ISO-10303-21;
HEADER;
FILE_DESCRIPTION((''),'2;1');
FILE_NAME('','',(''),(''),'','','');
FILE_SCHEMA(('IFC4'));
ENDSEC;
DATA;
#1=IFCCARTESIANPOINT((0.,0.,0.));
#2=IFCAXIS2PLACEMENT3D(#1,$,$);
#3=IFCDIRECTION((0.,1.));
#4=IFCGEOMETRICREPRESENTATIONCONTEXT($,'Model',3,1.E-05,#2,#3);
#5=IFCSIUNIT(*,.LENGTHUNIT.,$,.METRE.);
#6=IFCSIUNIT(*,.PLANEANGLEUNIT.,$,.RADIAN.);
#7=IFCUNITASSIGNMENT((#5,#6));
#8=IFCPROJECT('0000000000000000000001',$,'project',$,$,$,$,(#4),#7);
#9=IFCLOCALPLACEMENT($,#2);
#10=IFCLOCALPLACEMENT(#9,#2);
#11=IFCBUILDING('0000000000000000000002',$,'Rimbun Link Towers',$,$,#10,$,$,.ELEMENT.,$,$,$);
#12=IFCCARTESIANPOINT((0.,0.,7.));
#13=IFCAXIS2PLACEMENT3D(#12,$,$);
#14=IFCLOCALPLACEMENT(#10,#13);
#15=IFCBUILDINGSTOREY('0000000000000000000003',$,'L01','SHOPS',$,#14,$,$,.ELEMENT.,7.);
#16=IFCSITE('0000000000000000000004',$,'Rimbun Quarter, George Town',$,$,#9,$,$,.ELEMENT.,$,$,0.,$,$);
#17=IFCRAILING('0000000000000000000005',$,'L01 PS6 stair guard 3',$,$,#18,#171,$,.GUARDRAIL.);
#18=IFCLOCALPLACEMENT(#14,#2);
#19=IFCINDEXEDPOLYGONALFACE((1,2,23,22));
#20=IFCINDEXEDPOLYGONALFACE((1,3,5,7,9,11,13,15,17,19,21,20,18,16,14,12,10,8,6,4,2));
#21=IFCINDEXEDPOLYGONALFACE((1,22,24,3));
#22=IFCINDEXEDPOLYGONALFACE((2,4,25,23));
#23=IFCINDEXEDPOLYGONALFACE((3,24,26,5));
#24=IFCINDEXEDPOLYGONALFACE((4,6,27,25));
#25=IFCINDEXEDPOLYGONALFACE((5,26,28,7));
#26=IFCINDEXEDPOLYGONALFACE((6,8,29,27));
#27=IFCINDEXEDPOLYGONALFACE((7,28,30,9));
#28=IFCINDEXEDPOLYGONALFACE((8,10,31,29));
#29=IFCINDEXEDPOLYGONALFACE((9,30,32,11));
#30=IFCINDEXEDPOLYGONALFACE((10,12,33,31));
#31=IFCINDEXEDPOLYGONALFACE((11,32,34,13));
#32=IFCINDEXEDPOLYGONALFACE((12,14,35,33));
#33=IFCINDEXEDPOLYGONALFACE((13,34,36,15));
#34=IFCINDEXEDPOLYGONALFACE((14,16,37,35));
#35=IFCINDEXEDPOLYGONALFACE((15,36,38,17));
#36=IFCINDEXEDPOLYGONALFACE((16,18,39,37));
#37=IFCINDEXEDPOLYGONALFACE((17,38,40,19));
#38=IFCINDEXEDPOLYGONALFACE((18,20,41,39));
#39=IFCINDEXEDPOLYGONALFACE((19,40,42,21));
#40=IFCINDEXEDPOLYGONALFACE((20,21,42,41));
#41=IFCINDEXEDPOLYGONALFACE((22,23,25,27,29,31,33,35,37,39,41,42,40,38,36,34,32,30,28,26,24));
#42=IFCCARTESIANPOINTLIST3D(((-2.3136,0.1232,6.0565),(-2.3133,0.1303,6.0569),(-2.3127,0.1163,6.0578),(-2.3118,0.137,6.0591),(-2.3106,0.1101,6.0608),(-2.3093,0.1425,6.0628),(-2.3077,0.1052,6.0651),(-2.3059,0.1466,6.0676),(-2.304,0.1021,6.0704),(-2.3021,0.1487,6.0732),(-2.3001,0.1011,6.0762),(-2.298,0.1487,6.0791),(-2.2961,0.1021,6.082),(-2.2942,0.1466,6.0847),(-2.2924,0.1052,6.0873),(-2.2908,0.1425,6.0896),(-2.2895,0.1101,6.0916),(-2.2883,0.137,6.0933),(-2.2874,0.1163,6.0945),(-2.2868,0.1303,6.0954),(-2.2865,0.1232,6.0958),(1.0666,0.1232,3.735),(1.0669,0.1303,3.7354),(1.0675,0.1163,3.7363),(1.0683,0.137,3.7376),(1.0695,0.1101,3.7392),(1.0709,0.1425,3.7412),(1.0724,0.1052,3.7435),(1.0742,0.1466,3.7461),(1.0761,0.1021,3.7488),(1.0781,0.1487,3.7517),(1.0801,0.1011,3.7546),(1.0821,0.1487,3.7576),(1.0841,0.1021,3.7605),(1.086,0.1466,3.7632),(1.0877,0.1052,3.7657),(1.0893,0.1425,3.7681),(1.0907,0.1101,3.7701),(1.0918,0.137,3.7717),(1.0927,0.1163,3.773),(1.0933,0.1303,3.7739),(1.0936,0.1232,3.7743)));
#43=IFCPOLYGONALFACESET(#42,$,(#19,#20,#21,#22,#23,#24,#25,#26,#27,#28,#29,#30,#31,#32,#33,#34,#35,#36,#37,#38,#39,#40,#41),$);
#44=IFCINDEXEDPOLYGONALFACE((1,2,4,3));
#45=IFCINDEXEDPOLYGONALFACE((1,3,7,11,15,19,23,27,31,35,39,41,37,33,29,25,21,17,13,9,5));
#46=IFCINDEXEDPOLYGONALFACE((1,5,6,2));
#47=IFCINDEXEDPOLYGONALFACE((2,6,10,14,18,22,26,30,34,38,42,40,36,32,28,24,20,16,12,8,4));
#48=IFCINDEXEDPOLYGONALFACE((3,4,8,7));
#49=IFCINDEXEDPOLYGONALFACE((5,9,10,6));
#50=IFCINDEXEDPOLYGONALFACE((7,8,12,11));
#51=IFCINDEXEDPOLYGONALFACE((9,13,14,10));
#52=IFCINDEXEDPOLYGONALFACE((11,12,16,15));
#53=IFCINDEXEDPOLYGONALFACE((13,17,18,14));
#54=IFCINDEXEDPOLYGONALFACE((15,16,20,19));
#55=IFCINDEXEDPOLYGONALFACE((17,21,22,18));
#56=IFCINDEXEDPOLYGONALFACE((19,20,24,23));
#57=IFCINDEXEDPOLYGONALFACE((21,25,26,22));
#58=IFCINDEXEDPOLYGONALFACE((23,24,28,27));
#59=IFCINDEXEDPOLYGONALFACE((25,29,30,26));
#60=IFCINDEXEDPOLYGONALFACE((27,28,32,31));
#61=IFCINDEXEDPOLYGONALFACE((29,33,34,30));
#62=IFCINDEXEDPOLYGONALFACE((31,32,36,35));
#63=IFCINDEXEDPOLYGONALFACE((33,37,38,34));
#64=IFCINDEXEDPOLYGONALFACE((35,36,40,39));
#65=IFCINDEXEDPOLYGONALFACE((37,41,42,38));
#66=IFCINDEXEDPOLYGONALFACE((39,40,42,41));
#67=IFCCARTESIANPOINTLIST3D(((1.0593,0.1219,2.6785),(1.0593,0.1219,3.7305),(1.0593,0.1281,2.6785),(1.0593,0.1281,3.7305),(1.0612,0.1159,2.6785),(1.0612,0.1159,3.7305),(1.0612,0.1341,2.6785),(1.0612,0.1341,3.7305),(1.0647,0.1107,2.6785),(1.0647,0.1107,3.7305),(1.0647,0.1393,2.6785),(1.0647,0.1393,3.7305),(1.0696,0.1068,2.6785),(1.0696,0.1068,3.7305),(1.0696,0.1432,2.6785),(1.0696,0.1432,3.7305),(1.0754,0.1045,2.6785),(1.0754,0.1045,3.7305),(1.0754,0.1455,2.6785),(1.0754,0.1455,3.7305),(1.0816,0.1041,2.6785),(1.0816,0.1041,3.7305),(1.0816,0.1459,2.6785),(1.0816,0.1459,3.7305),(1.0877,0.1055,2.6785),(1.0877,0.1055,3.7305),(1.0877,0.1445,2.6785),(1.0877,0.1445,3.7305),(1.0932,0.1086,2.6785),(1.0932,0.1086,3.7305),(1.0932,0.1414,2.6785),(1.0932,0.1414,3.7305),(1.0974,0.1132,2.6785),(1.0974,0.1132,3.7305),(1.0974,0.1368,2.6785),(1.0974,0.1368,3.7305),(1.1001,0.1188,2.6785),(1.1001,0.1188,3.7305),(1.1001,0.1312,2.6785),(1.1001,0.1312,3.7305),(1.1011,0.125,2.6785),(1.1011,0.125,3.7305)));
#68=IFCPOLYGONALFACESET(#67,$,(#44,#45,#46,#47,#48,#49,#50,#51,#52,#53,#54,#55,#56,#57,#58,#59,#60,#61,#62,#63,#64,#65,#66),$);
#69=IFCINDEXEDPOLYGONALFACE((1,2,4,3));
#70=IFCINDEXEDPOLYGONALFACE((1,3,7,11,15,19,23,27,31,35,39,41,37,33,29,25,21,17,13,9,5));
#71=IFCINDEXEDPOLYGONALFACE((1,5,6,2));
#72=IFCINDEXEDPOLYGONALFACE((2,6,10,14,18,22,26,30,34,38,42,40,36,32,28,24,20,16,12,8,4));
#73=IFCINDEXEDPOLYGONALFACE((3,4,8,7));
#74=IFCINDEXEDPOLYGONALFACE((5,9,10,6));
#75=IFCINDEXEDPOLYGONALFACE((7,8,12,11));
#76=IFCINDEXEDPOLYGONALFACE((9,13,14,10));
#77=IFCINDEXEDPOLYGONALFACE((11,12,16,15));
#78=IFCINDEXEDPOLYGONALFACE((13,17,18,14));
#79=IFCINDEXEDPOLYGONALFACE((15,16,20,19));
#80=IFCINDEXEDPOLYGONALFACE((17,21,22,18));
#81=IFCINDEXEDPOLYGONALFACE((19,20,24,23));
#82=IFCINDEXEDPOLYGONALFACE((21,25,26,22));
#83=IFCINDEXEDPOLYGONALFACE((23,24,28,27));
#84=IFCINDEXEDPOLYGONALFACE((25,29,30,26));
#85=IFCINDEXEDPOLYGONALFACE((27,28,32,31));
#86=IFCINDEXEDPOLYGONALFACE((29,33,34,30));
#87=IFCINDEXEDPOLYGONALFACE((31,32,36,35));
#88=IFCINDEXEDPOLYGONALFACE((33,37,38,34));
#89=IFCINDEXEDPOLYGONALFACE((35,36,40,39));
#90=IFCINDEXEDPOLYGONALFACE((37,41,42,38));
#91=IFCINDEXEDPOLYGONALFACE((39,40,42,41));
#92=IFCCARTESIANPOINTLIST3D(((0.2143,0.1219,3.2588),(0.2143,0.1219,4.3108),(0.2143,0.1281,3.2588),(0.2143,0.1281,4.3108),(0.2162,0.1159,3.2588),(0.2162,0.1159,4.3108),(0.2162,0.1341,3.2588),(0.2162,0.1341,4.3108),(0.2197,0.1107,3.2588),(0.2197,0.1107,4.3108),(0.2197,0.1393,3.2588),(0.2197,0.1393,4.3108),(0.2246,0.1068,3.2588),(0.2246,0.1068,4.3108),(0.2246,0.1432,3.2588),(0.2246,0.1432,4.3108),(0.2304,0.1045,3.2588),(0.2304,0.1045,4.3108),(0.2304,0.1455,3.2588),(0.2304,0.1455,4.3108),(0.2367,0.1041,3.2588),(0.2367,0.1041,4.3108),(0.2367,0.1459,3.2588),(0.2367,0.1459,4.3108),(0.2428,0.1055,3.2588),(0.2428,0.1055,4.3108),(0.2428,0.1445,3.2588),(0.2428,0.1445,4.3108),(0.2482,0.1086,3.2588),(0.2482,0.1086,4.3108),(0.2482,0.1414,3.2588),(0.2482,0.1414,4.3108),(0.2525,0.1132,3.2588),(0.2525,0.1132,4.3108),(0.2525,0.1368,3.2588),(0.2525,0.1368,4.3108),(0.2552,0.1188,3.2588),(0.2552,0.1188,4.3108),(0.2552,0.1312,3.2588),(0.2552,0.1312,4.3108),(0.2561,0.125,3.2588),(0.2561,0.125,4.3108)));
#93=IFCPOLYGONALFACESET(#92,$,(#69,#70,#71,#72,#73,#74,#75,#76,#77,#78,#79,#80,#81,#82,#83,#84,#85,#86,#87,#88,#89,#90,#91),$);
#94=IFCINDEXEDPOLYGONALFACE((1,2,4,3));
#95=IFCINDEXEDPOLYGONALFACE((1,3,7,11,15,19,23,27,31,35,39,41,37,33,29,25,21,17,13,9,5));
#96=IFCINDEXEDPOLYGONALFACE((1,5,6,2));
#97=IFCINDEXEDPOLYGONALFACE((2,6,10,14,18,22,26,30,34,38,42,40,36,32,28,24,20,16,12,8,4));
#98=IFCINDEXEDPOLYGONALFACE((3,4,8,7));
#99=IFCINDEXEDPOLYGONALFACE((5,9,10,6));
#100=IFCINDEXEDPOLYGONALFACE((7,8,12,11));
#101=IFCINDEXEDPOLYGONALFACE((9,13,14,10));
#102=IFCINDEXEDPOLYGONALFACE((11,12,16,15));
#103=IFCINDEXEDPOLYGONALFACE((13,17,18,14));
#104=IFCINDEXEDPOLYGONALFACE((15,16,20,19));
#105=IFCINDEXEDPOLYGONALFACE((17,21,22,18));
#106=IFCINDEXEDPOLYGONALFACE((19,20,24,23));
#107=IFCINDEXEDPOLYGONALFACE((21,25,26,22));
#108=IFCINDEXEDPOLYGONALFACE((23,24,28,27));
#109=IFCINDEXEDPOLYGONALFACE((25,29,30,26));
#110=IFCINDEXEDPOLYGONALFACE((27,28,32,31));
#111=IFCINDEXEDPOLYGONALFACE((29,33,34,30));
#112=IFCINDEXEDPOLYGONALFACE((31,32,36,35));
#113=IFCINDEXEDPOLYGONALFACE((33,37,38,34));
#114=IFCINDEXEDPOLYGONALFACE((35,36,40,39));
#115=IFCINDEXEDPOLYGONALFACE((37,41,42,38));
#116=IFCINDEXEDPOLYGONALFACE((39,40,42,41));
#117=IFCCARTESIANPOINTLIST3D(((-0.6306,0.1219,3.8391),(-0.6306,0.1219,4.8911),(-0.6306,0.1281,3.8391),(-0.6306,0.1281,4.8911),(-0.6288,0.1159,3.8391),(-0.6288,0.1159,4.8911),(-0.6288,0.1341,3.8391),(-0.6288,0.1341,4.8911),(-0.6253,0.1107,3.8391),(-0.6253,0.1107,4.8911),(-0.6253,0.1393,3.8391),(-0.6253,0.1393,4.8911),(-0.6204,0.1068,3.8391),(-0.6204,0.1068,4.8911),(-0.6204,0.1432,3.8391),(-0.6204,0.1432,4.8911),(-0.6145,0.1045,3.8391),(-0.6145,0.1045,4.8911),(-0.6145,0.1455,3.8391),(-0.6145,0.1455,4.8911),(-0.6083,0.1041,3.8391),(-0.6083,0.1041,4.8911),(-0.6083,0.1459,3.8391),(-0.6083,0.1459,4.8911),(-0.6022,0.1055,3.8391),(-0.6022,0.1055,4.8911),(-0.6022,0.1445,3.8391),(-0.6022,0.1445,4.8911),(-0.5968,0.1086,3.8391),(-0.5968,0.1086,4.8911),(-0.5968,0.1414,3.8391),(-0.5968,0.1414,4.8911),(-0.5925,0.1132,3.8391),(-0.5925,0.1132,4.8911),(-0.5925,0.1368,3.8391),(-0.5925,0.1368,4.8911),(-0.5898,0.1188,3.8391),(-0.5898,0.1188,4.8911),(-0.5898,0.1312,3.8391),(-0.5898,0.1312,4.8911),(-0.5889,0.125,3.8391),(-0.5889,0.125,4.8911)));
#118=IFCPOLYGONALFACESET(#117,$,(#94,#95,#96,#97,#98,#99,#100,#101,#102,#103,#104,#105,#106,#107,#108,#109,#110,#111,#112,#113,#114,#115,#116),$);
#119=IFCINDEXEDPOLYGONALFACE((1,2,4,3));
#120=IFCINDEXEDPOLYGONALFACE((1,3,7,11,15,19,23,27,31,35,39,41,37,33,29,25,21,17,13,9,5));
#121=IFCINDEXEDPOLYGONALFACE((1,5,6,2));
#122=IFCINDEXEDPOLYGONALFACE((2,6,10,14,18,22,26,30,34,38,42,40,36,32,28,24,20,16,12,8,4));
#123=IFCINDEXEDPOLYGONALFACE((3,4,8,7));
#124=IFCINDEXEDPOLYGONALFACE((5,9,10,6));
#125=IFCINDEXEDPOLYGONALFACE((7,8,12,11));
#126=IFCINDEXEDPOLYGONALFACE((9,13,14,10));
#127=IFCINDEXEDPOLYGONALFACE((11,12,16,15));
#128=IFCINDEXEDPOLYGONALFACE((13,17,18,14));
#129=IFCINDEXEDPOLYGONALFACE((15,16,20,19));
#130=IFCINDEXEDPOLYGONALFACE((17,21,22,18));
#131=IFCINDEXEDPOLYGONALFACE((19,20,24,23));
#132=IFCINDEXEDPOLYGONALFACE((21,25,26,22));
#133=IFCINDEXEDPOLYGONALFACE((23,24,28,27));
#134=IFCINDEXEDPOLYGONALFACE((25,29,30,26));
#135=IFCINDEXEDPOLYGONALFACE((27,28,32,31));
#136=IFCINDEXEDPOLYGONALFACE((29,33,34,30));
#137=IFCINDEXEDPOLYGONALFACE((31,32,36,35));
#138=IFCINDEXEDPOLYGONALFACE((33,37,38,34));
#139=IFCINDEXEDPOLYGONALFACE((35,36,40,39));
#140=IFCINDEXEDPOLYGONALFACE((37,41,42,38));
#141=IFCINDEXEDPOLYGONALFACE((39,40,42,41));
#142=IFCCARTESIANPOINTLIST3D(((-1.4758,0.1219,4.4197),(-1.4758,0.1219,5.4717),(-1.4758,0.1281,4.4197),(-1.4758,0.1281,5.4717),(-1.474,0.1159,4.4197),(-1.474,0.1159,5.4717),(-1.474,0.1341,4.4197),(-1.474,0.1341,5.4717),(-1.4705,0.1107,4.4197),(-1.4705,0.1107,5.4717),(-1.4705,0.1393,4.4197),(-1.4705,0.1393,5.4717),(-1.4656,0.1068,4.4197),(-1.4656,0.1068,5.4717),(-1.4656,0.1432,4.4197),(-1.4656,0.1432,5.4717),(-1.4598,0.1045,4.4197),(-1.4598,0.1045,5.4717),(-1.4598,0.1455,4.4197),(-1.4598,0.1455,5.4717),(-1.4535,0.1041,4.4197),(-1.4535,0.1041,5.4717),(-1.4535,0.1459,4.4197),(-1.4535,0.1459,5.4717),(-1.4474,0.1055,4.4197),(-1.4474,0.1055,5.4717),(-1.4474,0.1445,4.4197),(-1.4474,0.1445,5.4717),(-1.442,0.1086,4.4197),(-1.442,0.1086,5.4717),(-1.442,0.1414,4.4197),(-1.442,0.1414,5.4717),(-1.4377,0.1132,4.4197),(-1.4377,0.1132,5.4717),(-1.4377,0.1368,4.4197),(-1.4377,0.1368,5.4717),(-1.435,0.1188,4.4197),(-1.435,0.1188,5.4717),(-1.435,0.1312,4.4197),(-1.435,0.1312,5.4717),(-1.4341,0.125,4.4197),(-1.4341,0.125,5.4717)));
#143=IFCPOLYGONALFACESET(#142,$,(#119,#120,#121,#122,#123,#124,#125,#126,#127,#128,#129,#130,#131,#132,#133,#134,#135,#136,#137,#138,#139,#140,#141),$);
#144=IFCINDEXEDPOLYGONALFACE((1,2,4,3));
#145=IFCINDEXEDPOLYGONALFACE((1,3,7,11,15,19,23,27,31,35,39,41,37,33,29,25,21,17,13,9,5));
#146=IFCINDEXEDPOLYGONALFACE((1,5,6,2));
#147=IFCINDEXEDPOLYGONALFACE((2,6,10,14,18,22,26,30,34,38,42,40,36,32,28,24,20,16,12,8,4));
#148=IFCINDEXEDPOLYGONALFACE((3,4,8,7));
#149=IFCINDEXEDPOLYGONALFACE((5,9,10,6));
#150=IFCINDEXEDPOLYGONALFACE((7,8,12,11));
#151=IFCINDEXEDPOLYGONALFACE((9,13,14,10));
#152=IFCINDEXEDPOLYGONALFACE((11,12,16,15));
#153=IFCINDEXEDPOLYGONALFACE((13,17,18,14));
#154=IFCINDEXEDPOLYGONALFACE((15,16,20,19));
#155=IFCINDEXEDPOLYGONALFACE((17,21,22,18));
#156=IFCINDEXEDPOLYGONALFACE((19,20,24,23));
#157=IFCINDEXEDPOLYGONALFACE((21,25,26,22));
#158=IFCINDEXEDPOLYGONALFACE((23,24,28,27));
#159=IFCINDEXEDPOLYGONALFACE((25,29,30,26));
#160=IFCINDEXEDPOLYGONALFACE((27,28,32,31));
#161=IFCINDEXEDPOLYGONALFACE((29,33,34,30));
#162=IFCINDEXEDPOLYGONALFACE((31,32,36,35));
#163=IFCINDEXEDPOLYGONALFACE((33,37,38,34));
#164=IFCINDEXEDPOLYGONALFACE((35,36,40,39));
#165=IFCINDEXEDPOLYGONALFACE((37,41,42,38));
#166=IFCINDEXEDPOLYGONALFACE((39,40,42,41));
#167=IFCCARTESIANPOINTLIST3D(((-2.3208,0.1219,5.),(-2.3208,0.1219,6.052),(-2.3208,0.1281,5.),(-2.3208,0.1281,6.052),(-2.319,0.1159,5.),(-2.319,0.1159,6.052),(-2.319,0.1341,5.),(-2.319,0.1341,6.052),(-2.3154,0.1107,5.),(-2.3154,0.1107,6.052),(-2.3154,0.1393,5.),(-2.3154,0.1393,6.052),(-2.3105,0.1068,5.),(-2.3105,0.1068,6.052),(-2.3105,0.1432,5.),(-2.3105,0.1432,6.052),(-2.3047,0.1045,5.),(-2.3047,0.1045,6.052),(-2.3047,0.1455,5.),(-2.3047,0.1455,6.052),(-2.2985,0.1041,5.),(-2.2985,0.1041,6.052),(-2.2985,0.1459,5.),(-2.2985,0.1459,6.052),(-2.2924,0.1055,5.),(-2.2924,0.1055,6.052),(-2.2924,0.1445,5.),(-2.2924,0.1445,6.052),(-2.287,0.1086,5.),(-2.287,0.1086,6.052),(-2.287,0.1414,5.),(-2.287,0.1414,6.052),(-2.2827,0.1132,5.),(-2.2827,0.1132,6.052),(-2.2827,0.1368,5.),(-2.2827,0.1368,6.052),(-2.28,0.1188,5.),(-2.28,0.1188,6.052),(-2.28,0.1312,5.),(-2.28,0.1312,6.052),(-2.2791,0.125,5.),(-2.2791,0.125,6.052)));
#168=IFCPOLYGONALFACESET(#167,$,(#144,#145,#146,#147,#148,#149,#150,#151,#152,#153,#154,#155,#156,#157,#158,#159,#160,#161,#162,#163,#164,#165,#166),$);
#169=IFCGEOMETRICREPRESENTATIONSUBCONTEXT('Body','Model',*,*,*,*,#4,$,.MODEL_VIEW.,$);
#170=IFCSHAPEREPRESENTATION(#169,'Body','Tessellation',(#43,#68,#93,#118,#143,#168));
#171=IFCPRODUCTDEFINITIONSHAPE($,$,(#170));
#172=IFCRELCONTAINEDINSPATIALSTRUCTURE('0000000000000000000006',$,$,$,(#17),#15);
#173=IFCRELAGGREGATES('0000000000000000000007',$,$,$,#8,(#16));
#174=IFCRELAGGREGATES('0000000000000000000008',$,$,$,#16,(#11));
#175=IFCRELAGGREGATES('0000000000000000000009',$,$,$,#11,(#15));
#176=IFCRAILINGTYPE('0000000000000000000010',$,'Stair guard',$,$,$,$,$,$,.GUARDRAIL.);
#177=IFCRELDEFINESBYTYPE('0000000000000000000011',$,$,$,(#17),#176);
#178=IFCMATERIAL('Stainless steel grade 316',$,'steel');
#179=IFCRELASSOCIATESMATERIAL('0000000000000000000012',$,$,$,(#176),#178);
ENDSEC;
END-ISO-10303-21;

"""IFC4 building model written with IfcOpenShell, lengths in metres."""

from ifc_helpers import new_model, si_unit, direction, frame, origin, origin_2d, place, context, subcontext, project, spatial, circle, extrude, material, type_object, element, save


model = new_model("IFC4")

# Units and contexts
model_context = context("Model", 3, precision=1e-05, world=origin(), true_north=direction((0.0, 1.0)))
body_context = subcontext(model_context, "Body", "Model", "MODEL_VIEW")
ifc_project = project(units=[si_unit("LENGTHUNIT", "METRE"), si_unit("PLANEANGLEUNIT", "RADIAN")], contexts=[model_context])

# Site, building, storey
site_placement = place(None, origin())
site = spatial("IfcSite", under=ifc_project, at=site_placement, Name="Rimbun Quarter, George Town", CompositionType="ELEMENT", RefElevation=0.0)
building_placement = place(site_placement, origin())
building = spatial("IfcBuilding", under=site, at=building_placement, Name="Rimbun Link Towers", CompositionType="ELEMENT")
storey_placement = place(building_placement, frame((0.0, 0.0, 7.0)))
storey = spatial("IfcBuildingStorey", under=building, at=storey_placement, Name="L01", Description="SHOPS", CompositionType="ELEMENT", Elevation=7.0)

# Railing
ifc_material_1 = material(Name="Stainless steel grade 316", Category="steel")
railing_type_1 = type_object("IfcRailingType", Name="Stair guard", PredefinedType="GUARDRAIL", material=ifc_material_1)
railing_1_placement = place(storey_placement, frame((1.0801, 0.125, 2.6785)))
element("IfcRailing", 1, at=railing_1_placement, inside=storey, type_object=railing_type_1, Name="L01 PS6 stair guard 3", PredefinedType="GUARDRAIL", context=body_context, shape_type="SweptSolid", body=[
    extrude(circle(Radius=0.0239, at=origin_2d()), frame((0.0, 0.0, 1.0762), z_axis=(-0.824304, 0.0, 0.566147), x_axis=(0.0, -1.0, 0.0)), (0.0, 0.0, 1.0), 4.1006),
    extrude(circle(Radius=0.021, at=origin_2d()), origin(), (0.0, 0.0, 1.0), 1.052),
    extrude(circle(Radius=0.021, at=origin_2d()), frame((-0.845, 0.0, 0.5803)), (0.0, 0.0, 1.0), 1.052),
    extrude(circle(Radius=0.021, at=origin_2d()), frame((-1.6899, 0.0, 1.1606)), (0.0, 0.0, 1.0), 1.052),
    extrude(circle(Radius=0.021, at=origin_2d()), frame((-2.5352, 0.0, 1.7412)), (0.0, 0.0, 1.0), 1.052),
    extrude(circle(Radius=0.021, at=origin_2d()), frame((-3.3801, 0.0, 2.3215)), (0.0, 0.0, 1.0), 1.052),
])

save(model, "model.ifc")
